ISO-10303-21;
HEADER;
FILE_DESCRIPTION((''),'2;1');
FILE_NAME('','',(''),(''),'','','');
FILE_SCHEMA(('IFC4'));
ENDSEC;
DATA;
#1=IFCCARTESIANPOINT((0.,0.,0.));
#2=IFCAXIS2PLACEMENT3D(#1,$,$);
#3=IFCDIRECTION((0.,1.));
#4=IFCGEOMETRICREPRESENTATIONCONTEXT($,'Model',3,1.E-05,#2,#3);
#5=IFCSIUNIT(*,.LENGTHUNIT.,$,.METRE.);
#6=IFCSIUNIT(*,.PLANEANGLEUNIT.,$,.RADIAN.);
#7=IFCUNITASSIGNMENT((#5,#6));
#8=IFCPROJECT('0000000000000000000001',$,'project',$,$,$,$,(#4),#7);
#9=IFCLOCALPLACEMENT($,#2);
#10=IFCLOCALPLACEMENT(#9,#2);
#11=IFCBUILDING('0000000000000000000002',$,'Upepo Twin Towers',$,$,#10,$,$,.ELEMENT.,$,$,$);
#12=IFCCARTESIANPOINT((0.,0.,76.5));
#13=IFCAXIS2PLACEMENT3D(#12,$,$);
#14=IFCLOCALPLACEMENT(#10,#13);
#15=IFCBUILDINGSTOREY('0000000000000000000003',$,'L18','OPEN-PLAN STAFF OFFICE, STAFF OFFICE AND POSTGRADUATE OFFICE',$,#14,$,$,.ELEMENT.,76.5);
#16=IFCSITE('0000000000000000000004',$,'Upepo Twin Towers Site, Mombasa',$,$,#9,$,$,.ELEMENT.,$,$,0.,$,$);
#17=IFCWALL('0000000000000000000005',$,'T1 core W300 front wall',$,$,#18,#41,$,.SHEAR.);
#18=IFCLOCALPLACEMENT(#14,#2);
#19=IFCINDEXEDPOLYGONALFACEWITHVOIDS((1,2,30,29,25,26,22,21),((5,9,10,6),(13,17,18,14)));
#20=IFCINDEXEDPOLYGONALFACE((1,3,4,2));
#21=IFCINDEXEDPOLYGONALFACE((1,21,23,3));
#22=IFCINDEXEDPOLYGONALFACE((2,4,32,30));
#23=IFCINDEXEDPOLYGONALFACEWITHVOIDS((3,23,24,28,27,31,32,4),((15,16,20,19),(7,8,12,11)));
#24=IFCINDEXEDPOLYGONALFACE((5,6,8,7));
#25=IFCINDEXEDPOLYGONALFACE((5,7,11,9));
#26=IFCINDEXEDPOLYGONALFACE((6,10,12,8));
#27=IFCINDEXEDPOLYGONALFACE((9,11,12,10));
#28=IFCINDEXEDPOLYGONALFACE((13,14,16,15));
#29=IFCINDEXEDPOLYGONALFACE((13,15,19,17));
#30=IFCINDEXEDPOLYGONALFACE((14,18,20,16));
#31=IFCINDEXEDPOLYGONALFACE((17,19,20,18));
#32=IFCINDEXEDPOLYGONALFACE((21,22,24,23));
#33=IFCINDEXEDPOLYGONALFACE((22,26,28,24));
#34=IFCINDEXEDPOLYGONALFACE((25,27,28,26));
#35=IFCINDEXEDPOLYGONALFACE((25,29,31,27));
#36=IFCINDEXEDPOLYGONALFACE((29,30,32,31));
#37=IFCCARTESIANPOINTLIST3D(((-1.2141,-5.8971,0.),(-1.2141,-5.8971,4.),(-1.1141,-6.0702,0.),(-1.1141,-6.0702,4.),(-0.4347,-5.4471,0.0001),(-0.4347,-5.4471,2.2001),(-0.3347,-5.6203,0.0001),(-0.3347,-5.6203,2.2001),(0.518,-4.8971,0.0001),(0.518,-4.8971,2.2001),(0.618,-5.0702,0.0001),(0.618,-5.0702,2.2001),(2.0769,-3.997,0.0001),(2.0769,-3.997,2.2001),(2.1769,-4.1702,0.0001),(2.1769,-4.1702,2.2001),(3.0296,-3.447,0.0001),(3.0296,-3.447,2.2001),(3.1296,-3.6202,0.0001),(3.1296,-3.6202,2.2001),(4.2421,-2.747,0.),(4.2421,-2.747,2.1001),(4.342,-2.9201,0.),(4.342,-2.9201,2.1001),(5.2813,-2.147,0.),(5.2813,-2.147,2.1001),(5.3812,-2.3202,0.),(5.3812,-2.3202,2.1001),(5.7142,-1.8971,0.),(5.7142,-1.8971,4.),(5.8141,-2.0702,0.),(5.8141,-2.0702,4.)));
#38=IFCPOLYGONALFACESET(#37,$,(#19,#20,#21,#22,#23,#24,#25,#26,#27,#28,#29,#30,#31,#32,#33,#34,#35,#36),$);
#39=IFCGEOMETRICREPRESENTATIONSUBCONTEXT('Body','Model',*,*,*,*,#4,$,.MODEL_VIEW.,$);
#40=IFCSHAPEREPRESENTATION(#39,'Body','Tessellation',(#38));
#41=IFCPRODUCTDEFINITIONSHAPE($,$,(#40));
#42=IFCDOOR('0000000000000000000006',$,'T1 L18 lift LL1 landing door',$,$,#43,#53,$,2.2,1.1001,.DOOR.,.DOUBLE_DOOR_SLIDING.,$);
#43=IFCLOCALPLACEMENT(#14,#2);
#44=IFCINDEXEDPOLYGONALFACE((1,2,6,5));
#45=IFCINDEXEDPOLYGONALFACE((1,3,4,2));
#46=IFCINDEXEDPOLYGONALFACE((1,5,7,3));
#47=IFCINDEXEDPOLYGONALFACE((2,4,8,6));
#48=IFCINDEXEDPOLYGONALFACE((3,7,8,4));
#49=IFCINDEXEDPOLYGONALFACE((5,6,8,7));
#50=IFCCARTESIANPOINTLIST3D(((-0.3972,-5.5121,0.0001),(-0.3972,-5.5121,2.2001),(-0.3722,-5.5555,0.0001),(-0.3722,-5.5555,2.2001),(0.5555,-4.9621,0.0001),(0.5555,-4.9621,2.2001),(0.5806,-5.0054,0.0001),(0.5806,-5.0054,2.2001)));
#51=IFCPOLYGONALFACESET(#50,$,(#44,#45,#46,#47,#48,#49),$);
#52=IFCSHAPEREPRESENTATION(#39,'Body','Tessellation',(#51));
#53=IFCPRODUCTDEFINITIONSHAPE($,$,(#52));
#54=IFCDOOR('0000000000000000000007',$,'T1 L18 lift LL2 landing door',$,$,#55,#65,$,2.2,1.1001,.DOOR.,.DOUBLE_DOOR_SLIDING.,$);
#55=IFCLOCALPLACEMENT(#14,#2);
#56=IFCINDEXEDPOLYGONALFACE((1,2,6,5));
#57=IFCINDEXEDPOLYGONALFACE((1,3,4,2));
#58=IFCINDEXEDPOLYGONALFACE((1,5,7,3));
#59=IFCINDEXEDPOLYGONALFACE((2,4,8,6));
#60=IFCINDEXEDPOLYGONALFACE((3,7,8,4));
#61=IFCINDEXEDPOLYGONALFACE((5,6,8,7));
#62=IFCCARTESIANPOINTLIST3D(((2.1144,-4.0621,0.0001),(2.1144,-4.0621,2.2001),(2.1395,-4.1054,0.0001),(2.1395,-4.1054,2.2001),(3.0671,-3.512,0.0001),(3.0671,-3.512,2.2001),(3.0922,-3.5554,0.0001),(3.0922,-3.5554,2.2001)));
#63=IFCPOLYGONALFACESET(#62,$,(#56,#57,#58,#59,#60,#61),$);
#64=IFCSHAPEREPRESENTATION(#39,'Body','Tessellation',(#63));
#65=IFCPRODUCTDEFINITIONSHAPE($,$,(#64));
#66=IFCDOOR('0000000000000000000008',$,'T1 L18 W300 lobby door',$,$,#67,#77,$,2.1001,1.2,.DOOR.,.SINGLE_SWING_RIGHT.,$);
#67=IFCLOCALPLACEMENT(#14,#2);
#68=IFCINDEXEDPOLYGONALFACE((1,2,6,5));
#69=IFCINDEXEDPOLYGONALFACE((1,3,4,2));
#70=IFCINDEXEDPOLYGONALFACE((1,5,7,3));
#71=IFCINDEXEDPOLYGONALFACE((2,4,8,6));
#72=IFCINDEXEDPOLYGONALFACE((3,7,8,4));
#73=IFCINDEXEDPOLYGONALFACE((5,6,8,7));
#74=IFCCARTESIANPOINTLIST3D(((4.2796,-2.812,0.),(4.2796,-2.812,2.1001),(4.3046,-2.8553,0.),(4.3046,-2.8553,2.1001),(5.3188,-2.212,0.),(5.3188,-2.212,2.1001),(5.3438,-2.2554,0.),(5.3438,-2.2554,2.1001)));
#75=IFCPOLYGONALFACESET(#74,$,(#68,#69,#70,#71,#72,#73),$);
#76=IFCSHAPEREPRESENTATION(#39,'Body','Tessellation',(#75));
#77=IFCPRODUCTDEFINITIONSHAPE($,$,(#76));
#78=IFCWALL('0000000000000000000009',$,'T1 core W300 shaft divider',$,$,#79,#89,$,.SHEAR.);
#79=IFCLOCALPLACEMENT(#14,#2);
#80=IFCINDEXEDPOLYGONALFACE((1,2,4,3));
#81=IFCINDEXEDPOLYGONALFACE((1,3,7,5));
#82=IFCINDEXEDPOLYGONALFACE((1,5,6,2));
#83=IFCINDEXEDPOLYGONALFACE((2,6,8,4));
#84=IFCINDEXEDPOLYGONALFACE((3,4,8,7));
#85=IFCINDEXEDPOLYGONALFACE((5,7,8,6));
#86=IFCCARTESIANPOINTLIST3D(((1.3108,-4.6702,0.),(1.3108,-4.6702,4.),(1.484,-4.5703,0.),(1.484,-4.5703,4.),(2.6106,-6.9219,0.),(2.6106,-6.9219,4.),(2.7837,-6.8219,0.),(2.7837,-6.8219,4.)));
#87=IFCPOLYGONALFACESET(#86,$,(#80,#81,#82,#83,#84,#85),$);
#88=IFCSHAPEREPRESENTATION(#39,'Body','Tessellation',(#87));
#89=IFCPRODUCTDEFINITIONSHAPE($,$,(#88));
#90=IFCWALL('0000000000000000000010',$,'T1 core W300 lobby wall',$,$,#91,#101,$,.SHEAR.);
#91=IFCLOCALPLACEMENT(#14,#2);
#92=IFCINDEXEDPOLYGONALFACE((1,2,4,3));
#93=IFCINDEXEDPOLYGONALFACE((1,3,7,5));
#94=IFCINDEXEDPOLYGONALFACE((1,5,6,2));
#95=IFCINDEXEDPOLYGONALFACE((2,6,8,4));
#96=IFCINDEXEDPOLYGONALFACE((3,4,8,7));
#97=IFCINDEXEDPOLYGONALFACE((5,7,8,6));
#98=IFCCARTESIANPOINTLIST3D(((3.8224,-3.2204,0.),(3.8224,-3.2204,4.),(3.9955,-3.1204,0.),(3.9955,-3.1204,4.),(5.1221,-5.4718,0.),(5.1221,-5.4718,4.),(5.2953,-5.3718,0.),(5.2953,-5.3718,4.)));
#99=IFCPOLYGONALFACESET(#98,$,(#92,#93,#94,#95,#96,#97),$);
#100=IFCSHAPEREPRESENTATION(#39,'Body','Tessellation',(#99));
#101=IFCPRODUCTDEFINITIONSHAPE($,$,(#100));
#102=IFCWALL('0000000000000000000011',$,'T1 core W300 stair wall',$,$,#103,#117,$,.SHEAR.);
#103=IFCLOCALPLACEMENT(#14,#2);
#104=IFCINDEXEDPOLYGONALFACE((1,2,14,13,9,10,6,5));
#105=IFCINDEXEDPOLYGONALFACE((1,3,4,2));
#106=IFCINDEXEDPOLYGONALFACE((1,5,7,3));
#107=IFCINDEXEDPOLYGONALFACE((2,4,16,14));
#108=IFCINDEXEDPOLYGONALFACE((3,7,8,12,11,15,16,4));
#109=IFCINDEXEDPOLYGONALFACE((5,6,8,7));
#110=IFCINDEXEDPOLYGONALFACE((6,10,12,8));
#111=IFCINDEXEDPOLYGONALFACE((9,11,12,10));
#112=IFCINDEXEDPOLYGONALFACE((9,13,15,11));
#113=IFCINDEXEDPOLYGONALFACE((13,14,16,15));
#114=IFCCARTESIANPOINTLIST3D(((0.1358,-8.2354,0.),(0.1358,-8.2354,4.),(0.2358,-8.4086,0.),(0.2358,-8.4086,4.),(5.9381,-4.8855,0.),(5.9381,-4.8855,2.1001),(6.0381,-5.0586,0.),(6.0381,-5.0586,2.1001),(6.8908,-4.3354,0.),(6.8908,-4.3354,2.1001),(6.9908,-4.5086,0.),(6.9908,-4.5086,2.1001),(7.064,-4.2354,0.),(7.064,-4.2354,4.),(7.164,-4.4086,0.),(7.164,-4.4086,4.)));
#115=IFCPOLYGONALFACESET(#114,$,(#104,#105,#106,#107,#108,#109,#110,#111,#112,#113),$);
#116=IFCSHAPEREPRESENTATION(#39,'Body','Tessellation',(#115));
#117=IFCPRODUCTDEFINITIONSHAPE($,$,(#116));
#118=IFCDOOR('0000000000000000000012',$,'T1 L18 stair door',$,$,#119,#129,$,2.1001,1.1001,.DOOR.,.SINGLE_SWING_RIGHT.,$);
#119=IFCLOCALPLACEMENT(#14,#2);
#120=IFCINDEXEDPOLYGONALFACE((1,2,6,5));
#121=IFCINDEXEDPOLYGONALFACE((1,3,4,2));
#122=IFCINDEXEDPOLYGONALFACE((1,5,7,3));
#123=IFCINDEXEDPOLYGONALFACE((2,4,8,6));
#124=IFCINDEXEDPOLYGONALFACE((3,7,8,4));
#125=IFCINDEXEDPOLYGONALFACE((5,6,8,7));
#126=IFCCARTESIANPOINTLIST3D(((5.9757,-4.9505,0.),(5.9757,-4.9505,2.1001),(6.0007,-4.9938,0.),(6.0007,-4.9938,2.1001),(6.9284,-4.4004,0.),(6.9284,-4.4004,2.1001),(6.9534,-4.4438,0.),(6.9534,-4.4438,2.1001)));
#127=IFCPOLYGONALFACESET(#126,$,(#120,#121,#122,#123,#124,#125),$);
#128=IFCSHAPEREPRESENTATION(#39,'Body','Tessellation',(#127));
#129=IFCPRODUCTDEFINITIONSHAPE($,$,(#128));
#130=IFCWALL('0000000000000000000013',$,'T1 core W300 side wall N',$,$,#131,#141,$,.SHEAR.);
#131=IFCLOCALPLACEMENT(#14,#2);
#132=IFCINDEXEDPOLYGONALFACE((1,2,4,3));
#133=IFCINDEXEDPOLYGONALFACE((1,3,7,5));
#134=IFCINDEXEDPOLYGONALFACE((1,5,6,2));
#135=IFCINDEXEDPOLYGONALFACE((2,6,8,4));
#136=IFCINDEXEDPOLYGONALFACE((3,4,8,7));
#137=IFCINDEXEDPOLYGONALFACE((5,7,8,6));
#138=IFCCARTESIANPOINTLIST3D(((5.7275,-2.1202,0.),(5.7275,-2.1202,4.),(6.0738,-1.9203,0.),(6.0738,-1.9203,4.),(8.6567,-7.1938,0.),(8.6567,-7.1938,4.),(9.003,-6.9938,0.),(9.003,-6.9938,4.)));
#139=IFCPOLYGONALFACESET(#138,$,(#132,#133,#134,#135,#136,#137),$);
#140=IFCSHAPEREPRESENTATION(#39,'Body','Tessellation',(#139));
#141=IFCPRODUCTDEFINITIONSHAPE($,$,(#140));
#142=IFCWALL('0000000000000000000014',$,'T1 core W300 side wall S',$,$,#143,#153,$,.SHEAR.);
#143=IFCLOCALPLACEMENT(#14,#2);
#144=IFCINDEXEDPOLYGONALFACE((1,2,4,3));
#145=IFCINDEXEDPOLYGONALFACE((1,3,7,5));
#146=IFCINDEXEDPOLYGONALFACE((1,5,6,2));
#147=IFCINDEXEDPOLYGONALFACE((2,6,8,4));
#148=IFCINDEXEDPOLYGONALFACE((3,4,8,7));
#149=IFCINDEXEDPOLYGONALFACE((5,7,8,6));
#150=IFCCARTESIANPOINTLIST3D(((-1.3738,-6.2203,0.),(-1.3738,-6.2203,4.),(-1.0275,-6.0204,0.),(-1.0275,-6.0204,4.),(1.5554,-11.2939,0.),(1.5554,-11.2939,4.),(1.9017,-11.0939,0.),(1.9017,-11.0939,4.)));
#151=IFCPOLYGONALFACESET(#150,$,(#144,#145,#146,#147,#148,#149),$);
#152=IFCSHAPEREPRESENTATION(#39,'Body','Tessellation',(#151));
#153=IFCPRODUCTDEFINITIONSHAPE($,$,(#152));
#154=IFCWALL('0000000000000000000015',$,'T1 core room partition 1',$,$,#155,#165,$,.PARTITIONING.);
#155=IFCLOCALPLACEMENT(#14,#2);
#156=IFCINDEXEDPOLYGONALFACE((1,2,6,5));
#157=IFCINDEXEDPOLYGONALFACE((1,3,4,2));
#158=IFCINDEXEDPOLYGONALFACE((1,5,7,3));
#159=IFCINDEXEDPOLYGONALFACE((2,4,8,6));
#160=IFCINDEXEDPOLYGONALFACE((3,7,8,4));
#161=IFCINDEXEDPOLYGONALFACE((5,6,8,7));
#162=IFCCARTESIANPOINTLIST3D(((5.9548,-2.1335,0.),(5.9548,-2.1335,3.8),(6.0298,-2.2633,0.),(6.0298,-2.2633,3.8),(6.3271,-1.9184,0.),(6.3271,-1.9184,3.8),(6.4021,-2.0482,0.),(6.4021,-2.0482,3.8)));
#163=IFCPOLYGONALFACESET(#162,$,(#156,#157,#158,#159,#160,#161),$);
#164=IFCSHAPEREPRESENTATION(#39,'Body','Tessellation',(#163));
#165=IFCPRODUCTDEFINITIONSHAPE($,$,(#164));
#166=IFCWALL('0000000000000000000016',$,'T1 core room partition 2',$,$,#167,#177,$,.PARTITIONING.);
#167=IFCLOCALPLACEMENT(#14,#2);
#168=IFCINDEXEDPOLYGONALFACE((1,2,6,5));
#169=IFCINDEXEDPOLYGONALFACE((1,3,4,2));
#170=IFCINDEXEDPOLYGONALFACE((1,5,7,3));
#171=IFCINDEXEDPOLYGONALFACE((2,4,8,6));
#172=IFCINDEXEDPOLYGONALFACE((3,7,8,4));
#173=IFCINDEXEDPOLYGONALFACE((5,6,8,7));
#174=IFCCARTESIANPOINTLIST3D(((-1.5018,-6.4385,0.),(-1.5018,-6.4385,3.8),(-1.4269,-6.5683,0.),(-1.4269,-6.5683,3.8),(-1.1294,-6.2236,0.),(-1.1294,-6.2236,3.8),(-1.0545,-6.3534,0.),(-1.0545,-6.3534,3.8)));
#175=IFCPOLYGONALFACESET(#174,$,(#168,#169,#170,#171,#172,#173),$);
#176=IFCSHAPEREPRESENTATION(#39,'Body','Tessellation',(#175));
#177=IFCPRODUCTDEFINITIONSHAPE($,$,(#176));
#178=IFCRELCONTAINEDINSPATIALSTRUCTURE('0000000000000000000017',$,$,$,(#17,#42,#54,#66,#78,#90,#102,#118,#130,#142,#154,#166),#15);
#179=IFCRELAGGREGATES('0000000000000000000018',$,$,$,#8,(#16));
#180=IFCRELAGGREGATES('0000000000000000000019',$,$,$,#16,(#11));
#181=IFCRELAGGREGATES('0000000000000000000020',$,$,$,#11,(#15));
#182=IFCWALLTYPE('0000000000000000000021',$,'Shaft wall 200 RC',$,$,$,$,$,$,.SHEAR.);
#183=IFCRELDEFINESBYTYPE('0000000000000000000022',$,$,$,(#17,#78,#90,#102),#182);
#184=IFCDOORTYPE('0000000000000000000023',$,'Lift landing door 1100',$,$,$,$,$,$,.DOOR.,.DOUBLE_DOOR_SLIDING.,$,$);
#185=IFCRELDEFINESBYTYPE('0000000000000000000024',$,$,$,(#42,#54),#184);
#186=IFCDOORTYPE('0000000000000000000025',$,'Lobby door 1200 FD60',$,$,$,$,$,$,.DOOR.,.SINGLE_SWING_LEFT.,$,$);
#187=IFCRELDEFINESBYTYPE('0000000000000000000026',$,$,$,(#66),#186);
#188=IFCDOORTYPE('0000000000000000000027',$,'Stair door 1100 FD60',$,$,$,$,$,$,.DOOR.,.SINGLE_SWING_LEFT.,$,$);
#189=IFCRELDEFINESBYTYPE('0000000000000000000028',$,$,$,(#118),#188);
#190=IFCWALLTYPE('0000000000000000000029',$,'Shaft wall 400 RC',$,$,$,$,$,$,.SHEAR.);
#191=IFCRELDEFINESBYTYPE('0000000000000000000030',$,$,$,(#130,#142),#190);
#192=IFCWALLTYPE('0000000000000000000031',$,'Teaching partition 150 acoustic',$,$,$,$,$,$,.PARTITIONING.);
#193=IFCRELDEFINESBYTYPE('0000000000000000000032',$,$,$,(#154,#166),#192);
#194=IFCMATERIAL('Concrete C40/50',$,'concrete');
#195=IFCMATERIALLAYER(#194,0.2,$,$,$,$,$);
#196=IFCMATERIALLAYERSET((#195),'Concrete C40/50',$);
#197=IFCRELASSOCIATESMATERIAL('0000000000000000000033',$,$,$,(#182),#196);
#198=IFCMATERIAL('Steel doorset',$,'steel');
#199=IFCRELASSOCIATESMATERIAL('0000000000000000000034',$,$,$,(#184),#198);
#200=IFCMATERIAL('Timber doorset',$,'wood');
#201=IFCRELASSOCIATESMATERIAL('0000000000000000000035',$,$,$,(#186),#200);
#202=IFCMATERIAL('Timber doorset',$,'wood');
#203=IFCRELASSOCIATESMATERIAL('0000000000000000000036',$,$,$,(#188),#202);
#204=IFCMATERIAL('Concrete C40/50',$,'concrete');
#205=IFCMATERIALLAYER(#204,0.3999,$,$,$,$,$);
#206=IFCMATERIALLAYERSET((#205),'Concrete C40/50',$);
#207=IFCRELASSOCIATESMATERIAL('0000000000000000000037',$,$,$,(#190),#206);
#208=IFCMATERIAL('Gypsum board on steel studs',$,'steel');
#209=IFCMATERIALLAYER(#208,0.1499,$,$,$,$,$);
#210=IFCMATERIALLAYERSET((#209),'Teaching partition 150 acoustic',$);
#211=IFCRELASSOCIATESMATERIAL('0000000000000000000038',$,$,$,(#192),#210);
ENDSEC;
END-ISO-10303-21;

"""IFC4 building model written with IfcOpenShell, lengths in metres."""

from ifc_helpers import new_model, si_unit, direction, frame, frame_2d, origin, place, context, subcontext, project, spatial, rectangle, extrude, material, layer, layer_set, type_object, element, fill, save


model = new_model("IFC4")

# Units and contexts
model_context = context("Model", 3, precision=1e-05, world=origin(), true_north=direction((0.0, 1.0)))
body_context = subcontext(model_context, "Body", "Model", "MODEL_VIEW")
ifc_project = project(units=[si_unit("LENGTHUNIT", "METRE"), si_unit("PLANEANGLEUNIT", "RADIAN")], contexts=[model_context])

# Site, building, storey
site_placement = place(None, origin())
site = spatial("IfcSite", under=ifc_project, at=site_placement, Name="Upepo Twin Towers Site, Mombasa", CompositionType="ELEMENT", RefElevation=0.0)
building_placement = place(site_placement, origin())
building = spatial("IfcBuilding", under=site, at=building_placement, Name="Upepo Twin Towers", CompositionType="ELEMENT")
storey_placement = place(building_placement, frame((0.0, 0.0, 76.5)))
storey = spatial("IfcBuildingStorey", under=building, at=storey_placement, Name="L18", Description="OPEN-PLAN STAFF OFFICE, STAFF OFFICE AND POSTGRADUATE OFFICE", CompositionType="ELEMENT", Elevation=76.5)

# Wall, openings, doors
ifc_material_1 = material(Name="Concrete C40/50", Category="concrete")
ifc_layer_1 = layer(ifc_material_1, 0.2)
ifc_layer_set_1 = layer_set([ifc_layer_1], Name="Concrete C40/50")
wall_type_1 = type_object("IfcWallType", Name="Shaft wall 200 RC", PredefinedType="SHEAR", material=ifc_layer_set_1)
wall_1_placement = place(storey_placement, frame((-1.1641, -5.9836, 0.0), z_axis=(0.0, 0.0, 1.0), x_axis=(0.866026, 0.499999, 0.0)))
wall_1 = element("IfcWall", 1, at=wall_1_placement, inside=storey, type_object=wall_type_1, Name="T1 core W300 front wall", PredefinedType="SHEAR", context=body_context, shape_type="SweptSolid", body=[
    extrude(rectangle(XDim=8.0, YDim=0.2, at=frame_2d((4.0, 0.0))), origin(), (0.0, 0.0, 1.0), 4.0),
])
opening_1_placement = place(wall_1_placement, frame((6.3, 0.0, 0.0)))
opening_1 = element("IfcOpeningElement", 2, at=opening_1_placement, cuts=wall_1, PredefinedType="OPENING", context=body_context, shape_type="SweptSolid", body=[
    extrude(rectangle(XDim=1.2, YDim=2.1001, at=frame_2d((0.6001, 1.05))), frame((0.0, 0.1099, 0.0), z_axis=(0.0, -1.0, 0.0), x_axis=(1.0, 0.0, 0.0)), (0.0, 0.0, 1.0), 0.22),
])
opening_2_placement = place(wall_1_placement, frame((0.8999, 0.0, 0.0)))
opening_2 = element("IfcOpeningElement", 3, at=opening_2_placement, cuts=wall_1, PredefinedType="OPENING", context=body_context, shape_type="SweptSolid", body=[
    extrude(rectangle(XDim=1.1001, YDim=2.2, at=frame_2d((0.55, 1.1001))), frame((0.0, 0.1099, 0.0), z_axis=(0.0, -1.0, 0.0), x_axis=(1.0, 0.0, 0.0)), (0.0, 0.0, 1.0), 0.22),
])
opening_3_placement = place(wall_1_placement, frame((3.8, 0.0, 0.0)))
opening_3 = element("IfcOpeningElement", 4, at=opening_3_placement, cuts=wall_1, PredefinedType="OPENING", context=body_context, shape_type="SweptSolid", body=[
    extrude(rectangle(XDim=1.1001, YDim=2.2, at=frame_2d((0.55, 1.1001))), frame((0.0, 0.1099, 0.0), z_axis=(0.0, -1.0, 0.0), x_axis=(1.0, 0.0, 0.0)), (0.0, 0.0, 1.0), 0.22),
])
ifc_material_2 = material(Name="Steel doorset", Category="steel")
door_type_1 = type_object("IfcDoorType", Name="Lift landing door 1100", OperationType="DOUBLE_DOOR_SLIDING", PredefinedType="DOOR", material=ifc_material_2)
door_1_placement = place(opening_2_placement, origin())
door_1 = element("IfcDoor", 5, at=door_1_placement, inside=storey, type_object=door_type_1, Name="T1 L18 lift LL1 landing door", OperationType="DOUBLE_DOOR_SLIDING", OverallHeight=2.2, OverallWidth=1.1001, PredefinedType="DOOR", context=body_context, shape_type="SweptSolid", body=[
    extrude(rectangle(XDim=1.1001, YDim=2.2, at=frame_2d((0.55, 1.1001))), frame((0.0, 0.0249, 0.0), z_axis=(0.0, -1.0, 0.0), x_axis=(1.0, 0.0, 0.0)), (0.0, 0.0, 1.0), 0.05),
])
fill(opening_2, door_1)
door_2_placement = place(opening_3_placement, origin())
door_2 = element("IfcDoor", 6, at=door_2_placement, inside=storey, type_object=door_type_1, Name="T1 L18 lift LL2 landing door", OperationType="DOUBLE_DOOR_SLIDING", OverallHeight=2.2, OverallWidth=1.1001, PredefinedType="DOOR", context=body_context, shape_type="SweptSolid", body=[
    extrude(rectangle(XDim=1.1001, YDim=2.2, at=frame_2d((0.55, 1.1001))), frame((0.0, 0.0249, 0.0), z_axis=(0.0, -1.0, 0.0), x_axis=(1.0, 0.0, 0.0)), (0.0, 0.0, 1.0), 0.05),
])
fill(opening_3, door_2)
ifc_material_3 = material(Name="Timber doorset", Category="wood")
door_type_2 = type_object("IfcDoorType", Name="Lobby door 1200 FD60", OperationType="SINGLE_SWING_LEFT", PredefinedType="DOOR", material=ifc_material_3)
door_3_placement = place(opening_1_placement, origin())
door_3 = element("IfcDoor", 7, at=door_3_placement, inside=storey, type_object=door_type_2, Name="T1 L18 W300 lobby door", OperationType="SINGLE_SWING_RIGHT", OverallHeight=2.1001, OverallWidth=1.2, PredefinedType="DOOR", context=body_context, shape_type="SweptSolid", body=[
    extrude(rectangle(XDim=1.2, YDim=2.1001, at=frame_2d((0.6001, 1.05))), frame((0.0, 0.0249, 0.0), z_axis=(0.0, -1.0, 0.0), x_axis=(1.0, 0.0, 0.0)), (0.0, 0.0, 1.0), 0.05),
])
fill(opening_1, door_3)

# Walls
wall_2_placement = place(storey_placement, frame((1.3975, -4.6204, 0.0), z_axis=(0.0, 0.0, 1.0), x_axis=(0.499937, -0.866062, 0.0)))
element("IfcWall", 8, at=wall_2_placement, inside=storey, type_object=wall_type_1, Name="T1 core W300 shaft divider", PredefinedType="SHEAR", context=body_context, shape_type="SweptSolid", body=[
    extrude(rectangle(XDim=2.5999, YDim=0.2, at=frame_2d((1.2998, 0.0))), origin(), (0.0, 0.0, 1.0), 4.0),
])
wall_3_placement = place(storey_placement, frame((3.9089, -3.1704, 0.0), z_axis=(0.0, 0.0, 1.0), x_axis=(0.499977, -0.866039, 0.0)))
element("IfcWall", 9, at=wall_3_placement, inside=storey, type_object=wall_type_1, Name="T1 core W300 lobby wall", PredefinedType="SHEAR", context=body_context, shape_type="SweptSolid", body=[
    extrude(rectangle(XDim=2.5996, YDim=0.2, at=frame_2d((1.2998, 0.0))), origin(), (0.0, 0.0, 1.0), 4.0),
])

# Wall, opening, door
wall_4_placement = place(storey_placement, frame((0.1858, -8.322, 0.0), z_axis=(0.0, 0.0, 1.0), x_axis=(0.866026, 0.499999, 0.0)))
wall_4 = element("IfcWall", 10, at=wall_4_placement, inside=storey, type_object=wall_type_1, Name="T1 core W300 stair wall", PredefinedType="SHEAR", context=body_context, shape_type="SweptSolid", body=[
    extrude(rectangle(XDim=8.0, YDim=0.2, at=frame_2d((4.0, 0.0))), origin(), (0.0, 0.0, 1.0), 4.0),
])
opening_4_placement = place(wall_4_placement, frame((6.7, 0.0, 0.0)))
opening_4 = element("IfcOpeningElement", 11, at=opening_4_placement, cuts=wall_4, PredefinedType="OPENING", context=body_context, shape_type="SweptSolid", body=[
    extrude(rectangle(XDim=1.1001, YDim=2.1001, at=frame_2d((0.55, 1.05))), frame((0.0, 0.1099, 0.0), z_axis=(0.0, -1.0, 0.0), x_axis=(1.0, 0.0, 0.0)), (0.0, 0.0, 1.0), 0.22),
])
ifc_material_4 = material(Name="Timber doorset", Category="wood")
door_type_3 = type_object("IfcDoorType", Name="Stair door 1100 FD60", OperationType="SINGLE_SWING_LEFT", PredefinedType="DOOR", material=ifc_material_4)
door_4_placement = place(opening_4_placement, origin())
door_4 = element("IfcDoor", 12, at=door_4_placement, inside=storey, type_object=door_type_3, Name="T1 L18 stair door", OperationType="SINGLE_SWING_RIGHT", OverallHeight=2.1001, OverallWidth=1.1001, PredefinedType="DOOR", context=body_context, shape_type="SweptSolid", body=[
    extrude(rectangle(XDim=1.1001, YDim=2.1001, at=frame_2d((0.55, 1.05))), frame((0.0, 0.0249, 0.0), z_axis=(0.0, -1.0, 0.0), x_axis=(1.0, 0.0, 0.0)), (0.0, 0.0, 1.0), 0.05),
])
fill(opening_4, door_4)

# Walls
ifc_material_5 = material(Name="Concrete C40/50", Category="concrete")
ifc_layer_2 = layer(ifc_material_5, 0.3999)
ifc_layer_set_2 = layer_set([ifc_layer_2], Name="Concrete C40/50")
wall_type_2 = type_object("IfcWallType", Name="Shaft wall 400 RC", PredefinedType="SHEAR", material=ifc_layer_set_2)
for number, where, z_axis, x_axis, name in (
    (13, (5.9006, -2.0203, 0.0), (0.0, 0.0, 1.0), (0.500003, -0.866024, 0.0), "T1 core W300 side wall N"),
    (14, (-1.2007, -6.1204, 0.0), (0.0, 0.0, 1.0), (0.500003, -0.866024, 0.0), "T1 core W300 side wall S"),
):
    element("IfcWall", number, at=place(storey_placement, frame(where, z_axis=z_axis, x_axis=x_axis)), inside=storey, type_object=wall_type_2, Name=name, PredefinedType="SHEAR", context=body_context, shape_type="SweptSolid", body=[
        extrude(rectangle(XDim=5.8584, YDim=0.3999, at=frame_2d((2.9292, 0.0))), origin(), (0.0, 0.0, 1.0), 4.0),
    ])
ifc_material_6 = material(Name="Gypsum board on steel studs", Category="steel")
ifc_layer_3 = layer(ifc_material_6, 0.1499)
ifc_layer_set_3 = layer_set([ifc_layer_3], Name="Teaching partition 150 acoustic")
wall_type_3 = type_object("IfcWallType", Name="Teaching partition 150 acoustic", PredefinedType="PARTITIONING", material=ifc_layer_set_3)
for number, where, z_axis, x_axis, name in (
    (15, (6.3645, -1.9834, 0.0), (0.0, 0.0, 1.0), (-0.865892, -0.50023, 0.0), "T1 core room partition 1"),
    (16, (-1.092, -6.2886, 0.0), (0.0, 0.0, 1.0), (-0.866138, -0.499804, 0.0), "T1 core room partition 2"),
):
    element("IfcWall", number, at=place(storey_placement, frame(where, z_axis=z_axis, x_axis=x_axis)), inside=storey, type_object=wall_type_3, Name=name, PredefinedType="PARTITIONING", context=body_context, shape_type="SweptSolid", body=[
        extrude(rectangle(XDim=0.4299, YDim=0.1499, at=frame_2d((0.2148, 0.0))), origin(), (0.0, 0.0, 1.0), 3.8),
    ])

save(model, "model.ifc")
